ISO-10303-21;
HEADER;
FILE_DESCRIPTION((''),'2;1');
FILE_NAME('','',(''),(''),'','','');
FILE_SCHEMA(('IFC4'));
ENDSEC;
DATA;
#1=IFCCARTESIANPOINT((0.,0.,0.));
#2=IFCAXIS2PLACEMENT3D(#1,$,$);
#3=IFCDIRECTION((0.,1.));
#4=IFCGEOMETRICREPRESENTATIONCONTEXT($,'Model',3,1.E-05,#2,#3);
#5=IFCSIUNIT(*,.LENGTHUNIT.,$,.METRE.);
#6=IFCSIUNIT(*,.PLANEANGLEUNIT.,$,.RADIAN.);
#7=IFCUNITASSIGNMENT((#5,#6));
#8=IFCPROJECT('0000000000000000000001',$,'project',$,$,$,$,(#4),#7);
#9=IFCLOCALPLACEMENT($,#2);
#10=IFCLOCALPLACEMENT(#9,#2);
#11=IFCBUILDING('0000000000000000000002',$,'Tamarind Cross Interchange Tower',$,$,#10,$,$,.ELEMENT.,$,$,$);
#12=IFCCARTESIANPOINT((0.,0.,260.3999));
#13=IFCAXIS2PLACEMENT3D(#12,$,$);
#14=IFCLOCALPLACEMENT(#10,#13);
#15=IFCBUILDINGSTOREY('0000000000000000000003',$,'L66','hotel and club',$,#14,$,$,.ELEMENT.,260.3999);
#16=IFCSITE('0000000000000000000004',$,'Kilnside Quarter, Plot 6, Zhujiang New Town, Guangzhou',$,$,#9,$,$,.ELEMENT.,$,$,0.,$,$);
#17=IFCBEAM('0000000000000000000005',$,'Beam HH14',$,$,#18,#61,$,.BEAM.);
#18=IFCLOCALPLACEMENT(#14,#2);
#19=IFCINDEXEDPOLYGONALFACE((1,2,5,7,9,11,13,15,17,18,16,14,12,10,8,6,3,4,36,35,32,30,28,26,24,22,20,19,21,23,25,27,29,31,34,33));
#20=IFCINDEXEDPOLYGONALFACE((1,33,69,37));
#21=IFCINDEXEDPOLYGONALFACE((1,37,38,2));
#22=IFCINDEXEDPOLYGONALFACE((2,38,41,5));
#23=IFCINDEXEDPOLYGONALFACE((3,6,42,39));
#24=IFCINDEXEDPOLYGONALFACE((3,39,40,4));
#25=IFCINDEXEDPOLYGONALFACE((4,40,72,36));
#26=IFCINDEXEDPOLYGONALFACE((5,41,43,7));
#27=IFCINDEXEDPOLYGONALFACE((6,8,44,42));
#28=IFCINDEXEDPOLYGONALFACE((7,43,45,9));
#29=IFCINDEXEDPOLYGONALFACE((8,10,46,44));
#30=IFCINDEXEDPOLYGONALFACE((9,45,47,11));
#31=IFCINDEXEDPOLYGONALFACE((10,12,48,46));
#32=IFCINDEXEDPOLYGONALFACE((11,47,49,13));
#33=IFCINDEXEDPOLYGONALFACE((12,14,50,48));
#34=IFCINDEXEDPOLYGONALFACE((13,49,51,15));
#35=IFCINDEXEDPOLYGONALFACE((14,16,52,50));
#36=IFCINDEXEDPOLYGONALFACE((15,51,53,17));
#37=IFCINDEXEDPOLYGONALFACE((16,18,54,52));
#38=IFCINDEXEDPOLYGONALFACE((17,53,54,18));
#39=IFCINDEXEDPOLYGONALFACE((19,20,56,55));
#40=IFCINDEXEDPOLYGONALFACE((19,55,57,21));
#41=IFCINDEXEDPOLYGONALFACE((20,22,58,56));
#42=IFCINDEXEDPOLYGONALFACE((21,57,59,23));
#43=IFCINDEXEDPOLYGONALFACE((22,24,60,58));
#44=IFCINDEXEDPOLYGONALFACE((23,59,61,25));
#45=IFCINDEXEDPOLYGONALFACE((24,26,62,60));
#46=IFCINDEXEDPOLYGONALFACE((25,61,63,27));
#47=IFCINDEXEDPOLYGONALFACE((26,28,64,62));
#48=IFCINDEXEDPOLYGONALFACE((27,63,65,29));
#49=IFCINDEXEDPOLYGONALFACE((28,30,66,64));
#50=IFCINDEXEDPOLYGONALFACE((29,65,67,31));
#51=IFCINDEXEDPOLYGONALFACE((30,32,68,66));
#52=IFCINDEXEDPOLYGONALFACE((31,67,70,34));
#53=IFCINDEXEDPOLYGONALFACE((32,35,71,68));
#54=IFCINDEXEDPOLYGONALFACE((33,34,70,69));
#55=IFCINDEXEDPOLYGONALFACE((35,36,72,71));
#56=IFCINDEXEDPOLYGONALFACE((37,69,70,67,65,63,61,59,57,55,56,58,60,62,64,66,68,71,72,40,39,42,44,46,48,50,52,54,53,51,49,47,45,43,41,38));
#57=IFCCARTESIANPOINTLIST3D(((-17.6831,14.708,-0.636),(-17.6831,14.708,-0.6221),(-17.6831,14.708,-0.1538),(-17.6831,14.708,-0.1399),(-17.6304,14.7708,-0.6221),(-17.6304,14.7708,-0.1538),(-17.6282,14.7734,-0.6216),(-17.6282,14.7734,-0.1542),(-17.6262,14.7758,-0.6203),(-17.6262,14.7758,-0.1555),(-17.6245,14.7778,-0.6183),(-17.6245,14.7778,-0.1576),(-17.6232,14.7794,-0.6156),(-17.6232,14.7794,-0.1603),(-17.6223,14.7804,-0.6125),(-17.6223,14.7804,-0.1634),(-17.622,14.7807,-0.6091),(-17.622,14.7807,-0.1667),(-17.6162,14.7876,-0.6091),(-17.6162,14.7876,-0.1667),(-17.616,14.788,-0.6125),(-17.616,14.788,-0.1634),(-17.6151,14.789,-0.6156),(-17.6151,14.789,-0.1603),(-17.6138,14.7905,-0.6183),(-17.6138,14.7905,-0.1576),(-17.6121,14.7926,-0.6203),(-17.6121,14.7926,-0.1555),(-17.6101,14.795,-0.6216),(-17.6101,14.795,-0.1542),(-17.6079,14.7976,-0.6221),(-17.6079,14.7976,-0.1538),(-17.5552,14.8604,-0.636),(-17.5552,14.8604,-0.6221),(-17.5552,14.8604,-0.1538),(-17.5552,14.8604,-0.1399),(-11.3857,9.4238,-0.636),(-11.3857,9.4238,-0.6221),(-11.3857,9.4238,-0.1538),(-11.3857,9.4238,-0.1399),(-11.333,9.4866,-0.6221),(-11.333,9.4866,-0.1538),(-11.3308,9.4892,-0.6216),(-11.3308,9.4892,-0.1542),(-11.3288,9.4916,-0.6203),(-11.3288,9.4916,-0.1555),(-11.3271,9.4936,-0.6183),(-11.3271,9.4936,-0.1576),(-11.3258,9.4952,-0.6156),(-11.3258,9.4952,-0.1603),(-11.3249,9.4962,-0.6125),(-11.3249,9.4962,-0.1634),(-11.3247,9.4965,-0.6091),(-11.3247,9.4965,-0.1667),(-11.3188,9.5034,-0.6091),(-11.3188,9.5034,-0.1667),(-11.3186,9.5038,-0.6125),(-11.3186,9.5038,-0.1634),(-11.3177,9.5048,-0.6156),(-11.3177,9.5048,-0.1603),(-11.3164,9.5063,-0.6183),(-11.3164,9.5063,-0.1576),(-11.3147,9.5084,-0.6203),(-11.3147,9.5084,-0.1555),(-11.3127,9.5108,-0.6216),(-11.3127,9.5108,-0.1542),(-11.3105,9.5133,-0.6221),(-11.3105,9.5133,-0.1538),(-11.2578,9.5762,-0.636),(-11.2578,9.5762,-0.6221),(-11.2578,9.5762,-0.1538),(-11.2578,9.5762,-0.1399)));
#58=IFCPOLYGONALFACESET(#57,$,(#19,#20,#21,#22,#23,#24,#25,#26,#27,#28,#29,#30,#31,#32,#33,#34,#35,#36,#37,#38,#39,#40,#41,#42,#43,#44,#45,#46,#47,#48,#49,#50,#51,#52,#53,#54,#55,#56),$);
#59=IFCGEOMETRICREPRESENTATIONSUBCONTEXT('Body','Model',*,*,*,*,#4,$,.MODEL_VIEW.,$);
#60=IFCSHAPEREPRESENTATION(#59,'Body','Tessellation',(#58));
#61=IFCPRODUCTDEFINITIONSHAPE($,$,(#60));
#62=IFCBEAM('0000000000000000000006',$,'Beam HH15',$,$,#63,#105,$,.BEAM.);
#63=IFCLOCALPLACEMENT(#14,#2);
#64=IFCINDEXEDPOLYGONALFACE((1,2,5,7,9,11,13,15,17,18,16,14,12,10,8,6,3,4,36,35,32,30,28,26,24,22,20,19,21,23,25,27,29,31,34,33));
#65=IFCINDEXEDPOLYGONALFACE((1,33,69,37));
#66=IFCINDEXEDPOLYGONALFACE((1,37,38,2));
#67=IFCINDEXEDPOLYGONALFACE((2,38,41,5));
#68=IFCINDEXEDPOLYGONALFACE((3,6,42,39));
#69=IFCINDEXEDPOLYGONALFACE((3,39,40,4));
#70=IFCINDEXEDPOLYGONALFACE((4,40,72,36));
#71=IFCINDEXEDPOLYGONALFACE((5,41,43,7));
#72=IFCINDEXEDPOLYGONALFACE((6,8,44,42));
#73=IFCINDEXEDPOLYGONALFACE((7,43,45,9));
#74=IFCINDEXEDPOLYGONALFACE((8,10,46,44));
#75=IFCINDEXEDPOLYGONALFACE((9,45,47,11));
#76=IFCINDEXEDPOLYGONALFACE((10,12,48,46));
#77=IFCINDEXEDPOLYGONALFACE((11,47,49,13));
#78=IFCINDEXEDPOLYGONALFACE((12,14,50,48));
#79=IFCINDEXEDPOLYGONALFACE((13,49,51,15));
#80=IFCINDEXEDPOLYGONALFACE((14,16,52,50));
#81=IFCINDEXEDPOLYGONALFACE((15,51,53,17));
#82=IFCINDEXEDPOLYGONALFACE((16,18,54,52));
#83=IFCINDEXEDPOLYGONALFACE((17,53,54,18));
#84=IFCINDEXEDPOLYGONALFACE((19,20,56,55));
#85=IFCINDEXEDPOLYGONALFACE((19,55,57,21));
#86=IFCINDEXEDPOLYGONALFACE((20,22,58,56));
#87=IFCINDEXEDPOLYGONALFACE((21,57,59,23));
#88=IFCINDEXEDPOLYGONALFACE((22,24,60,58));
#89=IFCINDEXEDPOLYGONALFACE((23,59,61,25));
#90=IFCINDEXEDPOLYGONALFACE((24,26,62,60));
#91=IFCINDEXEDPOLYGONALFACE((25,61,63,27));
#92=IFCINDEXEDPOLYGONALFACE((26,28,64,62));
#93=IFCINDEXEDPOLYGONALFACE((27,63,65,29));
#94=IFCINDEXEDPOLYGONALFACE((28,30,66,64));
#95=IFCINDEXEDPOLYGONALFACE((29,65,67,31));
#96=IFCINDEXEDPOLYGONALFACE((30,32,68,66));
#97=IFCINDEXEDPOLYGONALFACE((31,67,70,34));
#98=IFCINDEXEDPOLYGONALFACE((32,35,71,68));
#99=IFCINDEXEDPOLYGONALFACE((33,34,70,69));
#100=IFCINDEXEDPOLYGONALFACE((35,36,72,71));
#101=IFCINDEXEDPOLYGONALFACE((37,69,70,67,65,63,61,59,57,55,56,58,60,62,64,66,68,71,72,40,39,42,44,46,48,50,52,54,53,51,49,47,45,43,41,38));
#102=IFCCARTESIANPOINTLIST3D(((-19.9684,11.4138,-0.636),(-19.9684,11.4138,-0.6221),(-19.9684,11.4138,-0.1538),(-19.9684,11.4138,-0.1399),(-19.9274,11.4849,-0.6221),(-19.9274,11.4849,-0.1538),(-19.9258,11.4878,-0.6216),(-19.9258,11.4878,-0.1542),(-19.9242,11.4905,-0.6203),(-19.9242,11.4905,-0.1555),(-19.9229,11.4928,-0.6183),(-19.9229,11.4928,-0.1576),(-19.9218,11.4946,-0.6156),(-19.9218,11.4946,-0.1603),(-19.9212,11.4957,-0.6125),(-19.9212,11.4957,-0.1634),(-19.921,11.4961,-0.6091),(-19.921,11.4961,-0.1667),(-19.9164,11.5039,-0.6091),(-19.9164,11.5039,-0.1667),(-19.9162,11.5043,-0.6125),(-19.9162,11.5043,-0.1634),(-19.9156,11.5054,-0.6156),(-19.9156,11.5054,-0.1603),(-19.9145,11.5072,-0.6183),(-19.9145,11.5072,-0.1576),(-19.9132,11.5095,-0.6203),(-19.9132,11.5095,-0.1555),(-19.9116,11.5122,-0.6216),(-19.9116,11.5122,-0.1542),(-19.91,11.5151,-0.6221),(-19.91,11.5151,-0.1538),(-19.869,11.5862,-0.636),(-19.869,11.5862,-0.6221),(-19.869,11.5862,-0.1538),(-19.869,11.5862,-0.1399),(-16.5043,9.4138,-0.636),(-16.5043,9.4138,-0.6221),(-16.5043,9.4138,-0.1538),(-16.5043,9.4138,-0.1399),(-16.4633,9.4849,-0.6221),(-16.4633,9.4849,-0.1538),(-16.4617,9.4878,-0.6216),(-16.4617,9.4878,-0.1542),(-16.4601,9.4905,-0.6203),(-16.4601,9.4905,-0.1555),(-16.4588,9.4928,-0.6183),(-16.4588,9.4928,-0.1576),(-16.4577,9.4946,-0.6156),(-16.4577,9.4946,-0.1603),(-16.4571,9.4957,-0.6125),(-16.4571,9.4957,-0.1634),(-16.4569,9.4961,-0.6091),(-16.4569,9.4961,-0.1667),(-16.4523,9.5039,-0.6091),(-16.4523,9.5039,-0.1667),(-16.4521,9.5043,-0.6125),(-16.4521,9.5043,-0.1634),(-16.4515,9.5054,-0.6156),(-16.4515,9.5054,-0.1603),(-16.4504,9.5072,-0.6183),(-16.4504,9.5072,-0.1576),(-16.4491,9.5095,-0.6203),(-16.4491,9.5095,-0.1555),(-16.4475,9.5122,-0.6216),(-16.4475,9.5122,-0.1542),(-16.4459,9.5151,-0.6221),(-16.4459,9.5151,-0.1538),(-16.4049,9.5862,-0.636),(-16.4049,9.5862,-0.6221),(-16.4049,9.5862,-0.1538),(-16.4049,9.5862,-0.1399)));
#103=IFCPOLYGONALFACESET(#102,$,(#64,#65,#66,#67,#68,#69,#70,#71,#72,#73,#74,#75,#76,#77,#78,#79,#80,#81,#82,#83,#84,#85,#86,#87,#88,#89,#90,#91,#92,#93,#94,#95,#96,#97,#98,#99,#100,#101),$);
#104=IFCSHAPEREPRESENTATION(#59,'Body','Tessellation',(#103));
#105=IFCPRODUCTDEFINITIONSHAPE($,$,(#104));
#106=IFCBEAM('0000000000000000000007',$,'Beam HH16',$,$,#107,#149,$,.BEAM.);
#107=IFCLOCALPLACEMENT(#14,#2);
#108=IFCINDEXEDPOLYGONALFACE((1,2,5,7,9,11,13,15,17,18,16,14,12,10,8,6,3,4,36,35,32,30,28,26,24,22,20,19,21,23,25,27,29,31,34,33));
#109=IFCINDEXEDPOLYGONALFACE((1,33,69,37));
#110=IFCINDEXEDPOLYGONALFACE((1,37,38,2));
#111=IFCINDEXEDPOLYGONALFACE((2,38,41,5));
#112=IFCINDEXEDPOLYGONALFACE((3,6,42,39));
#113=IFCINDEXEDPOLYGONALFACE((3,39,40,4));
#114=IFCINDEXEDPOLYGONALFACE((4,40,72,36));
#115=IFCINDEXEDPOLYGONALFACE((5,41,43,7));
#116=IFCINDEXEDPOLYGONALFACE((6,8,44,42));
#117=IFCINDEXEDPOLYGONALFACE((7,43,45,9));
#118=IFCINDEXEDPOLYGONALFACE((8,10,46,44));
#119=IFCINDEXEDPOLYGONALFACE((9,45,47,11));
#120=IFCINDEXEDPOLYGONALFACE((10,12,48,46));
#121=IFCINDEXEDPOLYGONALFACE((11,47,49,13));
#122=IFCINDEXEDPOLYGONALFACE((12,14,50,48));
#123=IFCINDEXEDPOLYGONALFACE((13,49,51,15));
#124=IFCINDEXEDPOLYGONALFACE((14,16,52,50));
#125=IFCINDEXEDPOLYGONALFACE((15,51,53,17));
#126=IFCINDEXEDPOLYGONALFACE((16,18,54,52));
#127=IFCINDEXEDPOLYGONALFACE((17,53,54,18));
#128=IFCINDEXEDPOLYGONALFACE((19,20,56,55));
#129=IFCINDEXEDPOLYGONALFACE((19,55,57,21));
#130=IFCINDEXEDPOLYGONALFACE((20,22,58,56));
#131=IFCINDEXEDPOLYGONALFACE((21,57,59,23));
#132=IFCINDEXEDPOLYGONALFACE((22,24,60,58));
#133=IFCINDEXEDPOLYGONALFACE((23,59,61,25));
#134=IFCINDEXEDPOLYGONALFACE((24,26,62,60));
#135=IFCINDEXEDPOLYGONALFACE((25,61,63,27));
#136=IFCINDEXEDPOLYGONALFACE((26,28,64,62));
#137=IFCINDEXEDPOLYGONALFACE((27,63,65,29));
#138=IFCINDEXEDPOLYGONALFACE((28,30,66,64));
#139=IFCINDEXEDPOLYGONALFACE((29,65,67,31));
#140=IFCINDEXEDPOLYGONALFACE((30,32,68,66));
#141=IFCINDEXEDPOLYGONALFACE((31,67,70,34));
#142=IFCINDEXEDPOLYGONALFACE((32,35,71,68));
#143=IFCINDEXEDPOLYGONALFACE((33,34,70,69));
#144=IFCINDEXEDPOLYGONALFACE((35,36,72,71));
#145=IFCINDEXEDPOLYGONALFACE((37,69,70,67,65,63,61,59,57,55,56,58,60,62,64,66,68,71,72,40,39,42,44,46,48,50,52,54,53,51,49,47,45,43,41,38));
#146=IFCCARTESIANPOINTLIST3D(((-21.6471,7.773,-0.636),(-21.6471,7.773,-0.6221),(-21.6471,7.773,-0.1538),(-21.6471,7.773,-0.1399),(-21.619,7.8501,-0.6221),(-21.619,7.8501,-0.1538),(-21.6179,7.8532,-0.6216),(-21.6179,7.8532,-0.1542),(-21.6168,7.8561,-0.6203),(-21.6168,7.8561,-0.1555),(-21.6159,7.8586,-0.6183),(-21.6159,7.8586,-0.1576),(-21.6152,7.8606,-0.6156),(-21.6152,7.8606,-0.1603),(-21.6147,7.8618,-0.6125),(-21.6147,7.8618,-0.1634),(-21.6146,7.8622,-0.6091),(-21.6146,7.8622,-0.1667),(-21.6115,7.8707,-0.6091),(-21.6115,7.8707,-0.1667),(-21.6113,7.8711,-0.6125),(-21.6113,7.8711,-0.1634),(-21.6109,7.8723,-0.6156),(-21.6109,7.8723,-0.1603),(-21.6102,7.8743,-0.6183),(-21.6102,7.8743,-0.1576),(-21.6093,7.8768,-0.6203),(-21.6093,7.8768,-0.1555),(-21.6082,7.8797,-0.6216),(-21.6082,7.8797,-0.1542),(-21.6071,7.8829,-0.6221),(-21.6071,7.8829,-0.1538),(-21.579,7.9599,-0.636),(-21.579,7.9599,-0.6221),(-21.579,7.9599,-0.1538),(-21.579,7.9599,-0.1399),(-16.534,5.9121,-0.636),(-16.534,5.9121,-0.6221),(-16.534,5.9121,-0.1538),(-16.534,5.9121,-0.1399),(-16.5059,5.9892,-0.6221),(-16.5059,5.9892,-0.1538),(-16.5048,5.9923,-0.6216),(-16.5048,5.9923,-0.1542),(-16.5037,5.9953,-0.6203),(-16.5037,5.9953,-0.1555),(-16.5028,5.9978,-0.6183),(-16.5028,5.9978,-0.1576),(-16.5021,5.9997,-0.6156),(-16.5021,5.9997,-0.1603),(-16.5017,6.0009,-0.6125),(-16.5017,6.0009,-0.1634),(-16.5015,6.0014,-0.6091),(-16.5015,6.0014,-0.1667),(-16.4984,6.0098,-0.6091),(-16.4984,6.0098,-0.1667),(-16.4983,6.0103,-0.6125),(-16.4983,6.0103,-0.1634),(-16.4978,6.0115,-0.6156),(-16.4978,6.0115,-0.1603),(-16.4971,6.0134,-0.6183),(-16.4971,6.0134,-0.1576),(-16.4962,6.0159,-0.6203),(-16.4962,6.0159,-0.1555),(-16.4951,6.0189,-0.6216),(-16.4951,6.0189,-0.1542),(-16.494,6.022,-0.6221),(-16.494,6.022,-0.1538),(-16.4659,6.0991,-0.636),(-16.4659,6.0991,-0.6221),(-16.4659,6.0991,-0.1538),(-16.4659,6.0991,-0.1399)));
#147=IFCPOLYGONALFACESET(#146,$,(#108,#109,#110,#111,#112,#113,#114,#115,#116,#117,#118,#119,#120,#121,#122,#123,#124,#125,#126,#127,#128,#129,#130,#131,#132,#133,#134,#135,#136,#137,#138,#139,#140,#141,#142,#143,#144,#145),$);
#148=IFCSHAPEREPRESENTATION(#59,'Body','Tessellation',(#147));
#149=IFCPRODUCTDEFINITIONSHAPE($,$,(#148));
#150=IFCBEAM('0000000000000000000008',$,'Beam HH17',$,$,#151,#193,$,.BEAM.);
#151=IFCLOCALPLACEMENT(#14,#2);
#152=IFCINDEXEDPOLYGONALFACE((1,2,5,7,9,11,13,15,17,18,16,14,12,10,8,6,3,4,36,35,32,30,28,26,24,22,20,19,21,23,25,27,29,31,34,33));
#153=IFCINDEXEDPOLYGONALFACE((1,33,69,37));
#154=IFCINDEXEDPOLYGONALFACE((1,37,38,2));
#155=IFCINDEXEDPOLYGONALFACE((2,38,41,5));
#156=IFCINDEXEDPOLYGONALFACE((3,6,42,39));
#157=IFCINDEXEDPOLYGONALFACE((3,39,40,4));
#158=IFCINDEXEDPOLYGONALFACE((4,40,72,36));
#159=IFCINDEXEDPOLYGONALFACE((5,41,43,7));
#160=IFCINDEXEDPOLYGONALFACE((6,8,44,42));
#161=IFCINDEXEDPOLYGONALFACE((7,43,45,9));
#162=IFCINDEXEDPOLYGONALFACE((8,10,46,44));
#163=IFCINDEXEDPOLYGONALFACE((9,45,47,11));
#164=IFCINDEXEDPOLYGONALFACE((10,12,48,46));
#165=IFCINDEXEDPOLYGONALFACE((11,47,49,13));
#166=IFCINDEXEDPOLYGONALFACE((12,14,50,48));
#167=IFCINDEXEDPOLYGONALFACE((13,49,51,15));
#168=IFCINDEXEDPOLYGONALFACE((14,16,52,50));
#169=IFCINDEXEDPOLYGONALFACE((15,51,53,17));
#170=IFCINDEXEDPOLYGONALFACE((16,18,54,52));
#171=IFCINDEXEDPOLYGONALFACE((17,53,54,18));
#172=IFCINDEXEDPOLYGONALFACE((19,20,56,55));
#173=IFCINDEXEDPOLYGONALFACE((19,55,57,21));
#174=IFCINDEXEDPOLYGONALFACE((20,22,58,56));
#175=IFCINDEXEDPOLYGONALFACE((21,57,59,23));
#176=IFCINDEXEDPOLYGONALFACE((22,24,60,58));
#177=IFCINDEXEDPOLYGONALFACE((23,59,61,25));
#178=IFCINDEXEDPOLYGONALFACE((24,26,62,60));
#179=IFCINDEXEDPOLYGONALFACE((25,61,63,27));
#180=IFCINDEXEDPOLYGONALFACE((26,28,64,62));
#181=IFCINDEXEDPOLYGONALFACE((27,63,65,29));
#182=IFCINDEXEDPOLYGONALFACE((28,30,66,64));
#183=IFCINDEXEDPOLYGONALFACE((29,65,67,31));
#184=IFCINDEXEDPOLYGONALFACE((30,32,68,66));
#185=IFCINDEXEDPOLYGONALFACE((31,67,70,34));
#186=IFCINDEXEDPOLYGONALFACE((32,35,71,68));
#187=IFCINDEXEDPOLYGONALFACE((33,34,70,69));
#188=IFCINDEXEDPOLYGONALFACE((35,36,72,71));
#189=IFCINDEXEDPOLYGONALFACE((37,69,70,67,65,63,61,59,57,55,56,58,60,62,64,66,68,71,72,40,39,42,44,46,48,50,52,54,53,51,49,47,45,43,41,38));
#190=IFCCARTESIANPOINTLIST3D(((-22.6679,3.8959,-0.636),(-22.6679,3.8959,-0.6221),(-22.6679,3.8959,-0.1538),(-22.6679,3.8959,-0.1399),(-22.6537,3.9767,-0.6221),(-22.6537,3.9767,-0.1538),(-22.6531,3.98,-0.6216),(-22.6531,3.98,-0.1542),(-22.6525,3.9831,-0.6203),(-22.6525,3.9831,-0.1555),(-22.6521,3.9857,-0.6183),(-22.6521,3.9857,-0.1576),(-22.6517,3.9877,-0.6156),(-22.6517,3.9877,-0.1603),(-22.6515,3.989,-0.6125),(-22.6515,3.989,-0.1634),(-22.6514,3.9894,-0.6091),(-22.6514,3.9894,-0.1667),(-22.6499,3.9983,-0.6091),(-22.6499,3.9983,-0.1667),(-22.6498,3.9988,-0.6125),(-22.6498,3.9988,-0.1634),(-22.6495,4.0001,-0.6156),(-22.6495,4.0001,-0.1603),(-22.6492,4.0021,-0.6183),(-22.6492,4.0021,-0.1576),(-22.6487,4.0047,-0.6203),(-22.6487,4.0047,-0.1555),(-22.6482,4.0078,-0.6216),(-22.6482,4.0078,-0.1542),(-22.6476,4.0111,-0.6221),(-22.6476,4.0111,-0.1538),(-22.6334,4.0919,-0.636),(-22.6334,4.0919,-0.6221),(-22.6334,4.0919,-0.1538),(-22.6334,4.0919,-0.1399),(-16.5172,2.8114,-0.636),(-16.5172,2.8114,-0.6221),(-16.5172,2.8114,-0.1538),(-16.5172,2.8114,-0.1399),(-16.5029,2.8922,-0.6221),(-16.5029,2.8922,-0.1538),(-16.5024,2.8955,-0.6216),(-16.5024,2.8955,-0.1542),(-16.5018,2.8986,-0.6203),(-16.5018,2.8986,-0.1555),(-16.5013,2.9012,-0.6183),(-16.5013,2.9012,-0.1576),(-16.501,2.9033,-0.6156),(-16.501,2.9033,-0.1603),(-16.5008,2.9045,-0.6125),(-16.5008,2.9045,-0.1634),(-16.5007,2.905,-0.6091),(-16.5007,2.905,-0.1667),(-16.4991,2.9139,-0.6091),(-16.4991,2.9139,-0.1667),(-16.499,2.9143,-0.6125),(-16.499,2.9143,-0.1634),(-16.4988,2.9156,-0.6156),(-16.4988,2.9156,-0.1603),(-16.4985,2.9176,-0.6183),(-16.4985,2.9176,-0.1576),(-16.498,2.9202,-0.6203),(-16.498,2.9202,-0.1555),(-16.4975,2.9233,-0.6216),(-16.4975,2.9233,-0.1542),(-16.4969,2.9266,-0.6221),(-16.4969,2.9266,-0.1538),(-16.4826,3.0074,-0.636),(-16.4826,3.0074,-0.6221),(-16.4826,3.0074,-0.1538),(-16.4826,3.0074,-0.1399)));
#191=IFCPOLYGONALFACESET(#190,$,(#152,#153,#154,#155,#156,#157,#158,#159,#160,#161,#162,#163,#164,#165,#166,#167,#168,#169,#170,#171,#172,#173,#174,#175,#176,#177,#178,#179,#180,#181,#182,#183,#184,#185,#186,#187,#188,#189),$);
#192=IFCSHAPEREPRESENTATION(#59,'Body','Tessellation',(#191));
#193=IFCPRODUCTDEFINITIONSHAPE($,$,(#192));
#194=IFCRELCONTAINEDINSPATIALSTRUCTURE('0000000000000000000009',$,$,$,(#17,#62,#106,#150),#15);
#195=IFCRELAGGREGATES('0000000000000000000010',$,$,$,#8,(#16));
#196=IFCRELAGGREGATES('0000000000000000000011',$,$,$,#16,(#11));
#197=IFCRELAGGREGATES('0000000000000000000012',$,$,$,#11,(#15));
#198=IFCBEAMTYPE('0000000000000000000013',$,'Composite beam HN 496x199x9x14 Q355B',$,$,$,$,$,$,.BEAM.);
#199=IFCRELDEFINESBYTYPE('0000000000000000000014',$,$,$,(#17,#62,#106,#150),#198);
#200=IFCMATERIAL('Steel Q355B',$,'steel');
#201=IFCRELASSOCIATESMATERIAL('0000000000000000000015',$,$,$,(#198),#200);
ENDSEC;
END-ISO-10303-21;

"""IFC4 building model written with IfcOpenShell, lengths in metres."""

from ifc_helpers import new_model, si_unit, direction, frame, origin, origin_2d, place, context, subcontext, project, spatial, i_section, extrude, material, material_profile, profile_set, type_object, element, save


model = new_model("IFC4")

# Units and contexts
model_context = context("Model", 3, precision=1e-05, world=origin(), true_north=direction((0.0, 1.0)))
body_context = subcontext(model_context, "Body", "Model", "MODEL_VIEW")
ifc_project = project(units=[si_unit("LENGTHUNIT", "METRE"), si_unit("PLANEANGLEUNIT", "RADIAN")], contexts=[model_context])

# Site, building, storey
site_placement = place(None, origin())
site = spatial("IfcSite", under=ifc_project, at=site_placement, Name="Kilnside Quarter, Plot 6, Zhujiang New Town, Guangzhou", CompositionType="ELEMENT", RefElevation=0.0)
building_placement = place(site_placement, origin())
building = spatial("IfcBuilding", under=site, at=building_placement, Name="Tamarind Cross Interchange Tower", CompositionType="ELEMENT")
storey_placement = place(building_placement, frame((0.0, 0.0, 260.3999)))
storey = spatial("IfcBuildingStorey", under=building, at=storey_placement, Name="L66", Description="hotel and club", CompositionType="ELEMENT", Elevation=260.3999)

# Beams
ifc_material_1 = material(Name="Steel Q355B", Category="steel")
ifc_material_profile_1 = material_profile(ifc_material_1, i_section(OverallWidth=0.199, OverallDepth=0.4961, WebThickness=0.009, FlangeThickness=0.0139, FilletRadius=0.0129, at=origin_2d()), Name="HN 496x199x9x14")
ifc_profile_set_1 = profile_set([ifc_material_profile_1], Name="Steel Q355B")
beam_type = type_object("IfcBeamType", Name="Composite beam HN 496x199x9x14 Q355B", PredefinedType="BEAM", material=ifc_profile_set_1)
beam_1_placement = place(storey_placement, frame((-17.6191, 14.7842, -0.3879), z_axis=(0.766041, -0.642792, 0.0), x_axis=(0.642792, 0.766041, 0.0)))
element("IfcBeam", 1, at=beam_1_placement, inside=storey, type_object=beam_type, Name="Beam HH14", PredefinedType="BEAM", context=body_context, shape_type="SweptSolid", body=[
    extrude(i_section(OverallWidth=0.199, OverallDepth=0.4961, WebThickness=0.009, FlangeThickness=0.0139, FilletRadius=0.0129, at=origin_2d()), origin(), (0.0, 0.0, 1.0), 8.2207),
])
beam_2_placement = place(storey_placement, frame((-19.9187, 11.5, -0.3879), z_axis=(0.866026, -0.499999, 0.0), x_axis=(0.499999, 0.866026, 0.0)))
element("IfcBeam", 2, at=beam_2_placement, inside=storey, type_object=beam_type, Name="Beam HH15", PredefinedType="BEAM", context=body_context, shape_type="SweptSolid", body=[
    extrude(i_section(OverallWidth=0.199, OverallDepth=0.4961, WebThickness=0.009, FlangeThickness=0.0139, FilletRadius=0.0129, at=origin_2d()), origin(), (0.0, 0.0, 1.0), 4.0),
])
beam_3_placement = place(storey_placement, frame((-21.613, 7.8665, -0.3879), z_axis=(0.939702, -0.341995, 0.0), x_axis=(0.341995, 0.939702, 0.0)))
element("IfcBeam", 3, at=beam_3_placement, inside=storey, type_object=beam_type, Name="Beam HH16", PredefinedType="BEAM", context=body_context, shape_type="SweptSolid", body=[
    extrude(i_section(OverallWidth=0.199, OverallDepth=0.4961, WebThickness=0.009, FlangeThickness=0.0139, FilletRadius=0.0129, at=origin_2d()), origin(), (0.0, 0.0, 1.0), 5.4412),
])
beam_4_placement = place(storey_placement, frame((-22.6506, 3.9939, -0.3879), z_axis=(0.984809, -0.17364, 0.0), x_axis=(0.17364, 0.984809, 0.0)))
element("IfcBeam", 4, at=beam_4_placement, inside=storey, type_object=beam_type, Name="Beam HH17", PredefinedType="BEAM", context=body_context, shape_type="SweptSolid", body=[
    extrude(i_section(OverallWidth=0.199, OverallDepth=0.4961, WebThickness=0.009, FlangeThickness=0.0139, FilletRadius=0.0129, at=origin_2d()), origin(), (0.0, 0.0, 1.0), 6.2456),
])

save(model, "model.ifc")
